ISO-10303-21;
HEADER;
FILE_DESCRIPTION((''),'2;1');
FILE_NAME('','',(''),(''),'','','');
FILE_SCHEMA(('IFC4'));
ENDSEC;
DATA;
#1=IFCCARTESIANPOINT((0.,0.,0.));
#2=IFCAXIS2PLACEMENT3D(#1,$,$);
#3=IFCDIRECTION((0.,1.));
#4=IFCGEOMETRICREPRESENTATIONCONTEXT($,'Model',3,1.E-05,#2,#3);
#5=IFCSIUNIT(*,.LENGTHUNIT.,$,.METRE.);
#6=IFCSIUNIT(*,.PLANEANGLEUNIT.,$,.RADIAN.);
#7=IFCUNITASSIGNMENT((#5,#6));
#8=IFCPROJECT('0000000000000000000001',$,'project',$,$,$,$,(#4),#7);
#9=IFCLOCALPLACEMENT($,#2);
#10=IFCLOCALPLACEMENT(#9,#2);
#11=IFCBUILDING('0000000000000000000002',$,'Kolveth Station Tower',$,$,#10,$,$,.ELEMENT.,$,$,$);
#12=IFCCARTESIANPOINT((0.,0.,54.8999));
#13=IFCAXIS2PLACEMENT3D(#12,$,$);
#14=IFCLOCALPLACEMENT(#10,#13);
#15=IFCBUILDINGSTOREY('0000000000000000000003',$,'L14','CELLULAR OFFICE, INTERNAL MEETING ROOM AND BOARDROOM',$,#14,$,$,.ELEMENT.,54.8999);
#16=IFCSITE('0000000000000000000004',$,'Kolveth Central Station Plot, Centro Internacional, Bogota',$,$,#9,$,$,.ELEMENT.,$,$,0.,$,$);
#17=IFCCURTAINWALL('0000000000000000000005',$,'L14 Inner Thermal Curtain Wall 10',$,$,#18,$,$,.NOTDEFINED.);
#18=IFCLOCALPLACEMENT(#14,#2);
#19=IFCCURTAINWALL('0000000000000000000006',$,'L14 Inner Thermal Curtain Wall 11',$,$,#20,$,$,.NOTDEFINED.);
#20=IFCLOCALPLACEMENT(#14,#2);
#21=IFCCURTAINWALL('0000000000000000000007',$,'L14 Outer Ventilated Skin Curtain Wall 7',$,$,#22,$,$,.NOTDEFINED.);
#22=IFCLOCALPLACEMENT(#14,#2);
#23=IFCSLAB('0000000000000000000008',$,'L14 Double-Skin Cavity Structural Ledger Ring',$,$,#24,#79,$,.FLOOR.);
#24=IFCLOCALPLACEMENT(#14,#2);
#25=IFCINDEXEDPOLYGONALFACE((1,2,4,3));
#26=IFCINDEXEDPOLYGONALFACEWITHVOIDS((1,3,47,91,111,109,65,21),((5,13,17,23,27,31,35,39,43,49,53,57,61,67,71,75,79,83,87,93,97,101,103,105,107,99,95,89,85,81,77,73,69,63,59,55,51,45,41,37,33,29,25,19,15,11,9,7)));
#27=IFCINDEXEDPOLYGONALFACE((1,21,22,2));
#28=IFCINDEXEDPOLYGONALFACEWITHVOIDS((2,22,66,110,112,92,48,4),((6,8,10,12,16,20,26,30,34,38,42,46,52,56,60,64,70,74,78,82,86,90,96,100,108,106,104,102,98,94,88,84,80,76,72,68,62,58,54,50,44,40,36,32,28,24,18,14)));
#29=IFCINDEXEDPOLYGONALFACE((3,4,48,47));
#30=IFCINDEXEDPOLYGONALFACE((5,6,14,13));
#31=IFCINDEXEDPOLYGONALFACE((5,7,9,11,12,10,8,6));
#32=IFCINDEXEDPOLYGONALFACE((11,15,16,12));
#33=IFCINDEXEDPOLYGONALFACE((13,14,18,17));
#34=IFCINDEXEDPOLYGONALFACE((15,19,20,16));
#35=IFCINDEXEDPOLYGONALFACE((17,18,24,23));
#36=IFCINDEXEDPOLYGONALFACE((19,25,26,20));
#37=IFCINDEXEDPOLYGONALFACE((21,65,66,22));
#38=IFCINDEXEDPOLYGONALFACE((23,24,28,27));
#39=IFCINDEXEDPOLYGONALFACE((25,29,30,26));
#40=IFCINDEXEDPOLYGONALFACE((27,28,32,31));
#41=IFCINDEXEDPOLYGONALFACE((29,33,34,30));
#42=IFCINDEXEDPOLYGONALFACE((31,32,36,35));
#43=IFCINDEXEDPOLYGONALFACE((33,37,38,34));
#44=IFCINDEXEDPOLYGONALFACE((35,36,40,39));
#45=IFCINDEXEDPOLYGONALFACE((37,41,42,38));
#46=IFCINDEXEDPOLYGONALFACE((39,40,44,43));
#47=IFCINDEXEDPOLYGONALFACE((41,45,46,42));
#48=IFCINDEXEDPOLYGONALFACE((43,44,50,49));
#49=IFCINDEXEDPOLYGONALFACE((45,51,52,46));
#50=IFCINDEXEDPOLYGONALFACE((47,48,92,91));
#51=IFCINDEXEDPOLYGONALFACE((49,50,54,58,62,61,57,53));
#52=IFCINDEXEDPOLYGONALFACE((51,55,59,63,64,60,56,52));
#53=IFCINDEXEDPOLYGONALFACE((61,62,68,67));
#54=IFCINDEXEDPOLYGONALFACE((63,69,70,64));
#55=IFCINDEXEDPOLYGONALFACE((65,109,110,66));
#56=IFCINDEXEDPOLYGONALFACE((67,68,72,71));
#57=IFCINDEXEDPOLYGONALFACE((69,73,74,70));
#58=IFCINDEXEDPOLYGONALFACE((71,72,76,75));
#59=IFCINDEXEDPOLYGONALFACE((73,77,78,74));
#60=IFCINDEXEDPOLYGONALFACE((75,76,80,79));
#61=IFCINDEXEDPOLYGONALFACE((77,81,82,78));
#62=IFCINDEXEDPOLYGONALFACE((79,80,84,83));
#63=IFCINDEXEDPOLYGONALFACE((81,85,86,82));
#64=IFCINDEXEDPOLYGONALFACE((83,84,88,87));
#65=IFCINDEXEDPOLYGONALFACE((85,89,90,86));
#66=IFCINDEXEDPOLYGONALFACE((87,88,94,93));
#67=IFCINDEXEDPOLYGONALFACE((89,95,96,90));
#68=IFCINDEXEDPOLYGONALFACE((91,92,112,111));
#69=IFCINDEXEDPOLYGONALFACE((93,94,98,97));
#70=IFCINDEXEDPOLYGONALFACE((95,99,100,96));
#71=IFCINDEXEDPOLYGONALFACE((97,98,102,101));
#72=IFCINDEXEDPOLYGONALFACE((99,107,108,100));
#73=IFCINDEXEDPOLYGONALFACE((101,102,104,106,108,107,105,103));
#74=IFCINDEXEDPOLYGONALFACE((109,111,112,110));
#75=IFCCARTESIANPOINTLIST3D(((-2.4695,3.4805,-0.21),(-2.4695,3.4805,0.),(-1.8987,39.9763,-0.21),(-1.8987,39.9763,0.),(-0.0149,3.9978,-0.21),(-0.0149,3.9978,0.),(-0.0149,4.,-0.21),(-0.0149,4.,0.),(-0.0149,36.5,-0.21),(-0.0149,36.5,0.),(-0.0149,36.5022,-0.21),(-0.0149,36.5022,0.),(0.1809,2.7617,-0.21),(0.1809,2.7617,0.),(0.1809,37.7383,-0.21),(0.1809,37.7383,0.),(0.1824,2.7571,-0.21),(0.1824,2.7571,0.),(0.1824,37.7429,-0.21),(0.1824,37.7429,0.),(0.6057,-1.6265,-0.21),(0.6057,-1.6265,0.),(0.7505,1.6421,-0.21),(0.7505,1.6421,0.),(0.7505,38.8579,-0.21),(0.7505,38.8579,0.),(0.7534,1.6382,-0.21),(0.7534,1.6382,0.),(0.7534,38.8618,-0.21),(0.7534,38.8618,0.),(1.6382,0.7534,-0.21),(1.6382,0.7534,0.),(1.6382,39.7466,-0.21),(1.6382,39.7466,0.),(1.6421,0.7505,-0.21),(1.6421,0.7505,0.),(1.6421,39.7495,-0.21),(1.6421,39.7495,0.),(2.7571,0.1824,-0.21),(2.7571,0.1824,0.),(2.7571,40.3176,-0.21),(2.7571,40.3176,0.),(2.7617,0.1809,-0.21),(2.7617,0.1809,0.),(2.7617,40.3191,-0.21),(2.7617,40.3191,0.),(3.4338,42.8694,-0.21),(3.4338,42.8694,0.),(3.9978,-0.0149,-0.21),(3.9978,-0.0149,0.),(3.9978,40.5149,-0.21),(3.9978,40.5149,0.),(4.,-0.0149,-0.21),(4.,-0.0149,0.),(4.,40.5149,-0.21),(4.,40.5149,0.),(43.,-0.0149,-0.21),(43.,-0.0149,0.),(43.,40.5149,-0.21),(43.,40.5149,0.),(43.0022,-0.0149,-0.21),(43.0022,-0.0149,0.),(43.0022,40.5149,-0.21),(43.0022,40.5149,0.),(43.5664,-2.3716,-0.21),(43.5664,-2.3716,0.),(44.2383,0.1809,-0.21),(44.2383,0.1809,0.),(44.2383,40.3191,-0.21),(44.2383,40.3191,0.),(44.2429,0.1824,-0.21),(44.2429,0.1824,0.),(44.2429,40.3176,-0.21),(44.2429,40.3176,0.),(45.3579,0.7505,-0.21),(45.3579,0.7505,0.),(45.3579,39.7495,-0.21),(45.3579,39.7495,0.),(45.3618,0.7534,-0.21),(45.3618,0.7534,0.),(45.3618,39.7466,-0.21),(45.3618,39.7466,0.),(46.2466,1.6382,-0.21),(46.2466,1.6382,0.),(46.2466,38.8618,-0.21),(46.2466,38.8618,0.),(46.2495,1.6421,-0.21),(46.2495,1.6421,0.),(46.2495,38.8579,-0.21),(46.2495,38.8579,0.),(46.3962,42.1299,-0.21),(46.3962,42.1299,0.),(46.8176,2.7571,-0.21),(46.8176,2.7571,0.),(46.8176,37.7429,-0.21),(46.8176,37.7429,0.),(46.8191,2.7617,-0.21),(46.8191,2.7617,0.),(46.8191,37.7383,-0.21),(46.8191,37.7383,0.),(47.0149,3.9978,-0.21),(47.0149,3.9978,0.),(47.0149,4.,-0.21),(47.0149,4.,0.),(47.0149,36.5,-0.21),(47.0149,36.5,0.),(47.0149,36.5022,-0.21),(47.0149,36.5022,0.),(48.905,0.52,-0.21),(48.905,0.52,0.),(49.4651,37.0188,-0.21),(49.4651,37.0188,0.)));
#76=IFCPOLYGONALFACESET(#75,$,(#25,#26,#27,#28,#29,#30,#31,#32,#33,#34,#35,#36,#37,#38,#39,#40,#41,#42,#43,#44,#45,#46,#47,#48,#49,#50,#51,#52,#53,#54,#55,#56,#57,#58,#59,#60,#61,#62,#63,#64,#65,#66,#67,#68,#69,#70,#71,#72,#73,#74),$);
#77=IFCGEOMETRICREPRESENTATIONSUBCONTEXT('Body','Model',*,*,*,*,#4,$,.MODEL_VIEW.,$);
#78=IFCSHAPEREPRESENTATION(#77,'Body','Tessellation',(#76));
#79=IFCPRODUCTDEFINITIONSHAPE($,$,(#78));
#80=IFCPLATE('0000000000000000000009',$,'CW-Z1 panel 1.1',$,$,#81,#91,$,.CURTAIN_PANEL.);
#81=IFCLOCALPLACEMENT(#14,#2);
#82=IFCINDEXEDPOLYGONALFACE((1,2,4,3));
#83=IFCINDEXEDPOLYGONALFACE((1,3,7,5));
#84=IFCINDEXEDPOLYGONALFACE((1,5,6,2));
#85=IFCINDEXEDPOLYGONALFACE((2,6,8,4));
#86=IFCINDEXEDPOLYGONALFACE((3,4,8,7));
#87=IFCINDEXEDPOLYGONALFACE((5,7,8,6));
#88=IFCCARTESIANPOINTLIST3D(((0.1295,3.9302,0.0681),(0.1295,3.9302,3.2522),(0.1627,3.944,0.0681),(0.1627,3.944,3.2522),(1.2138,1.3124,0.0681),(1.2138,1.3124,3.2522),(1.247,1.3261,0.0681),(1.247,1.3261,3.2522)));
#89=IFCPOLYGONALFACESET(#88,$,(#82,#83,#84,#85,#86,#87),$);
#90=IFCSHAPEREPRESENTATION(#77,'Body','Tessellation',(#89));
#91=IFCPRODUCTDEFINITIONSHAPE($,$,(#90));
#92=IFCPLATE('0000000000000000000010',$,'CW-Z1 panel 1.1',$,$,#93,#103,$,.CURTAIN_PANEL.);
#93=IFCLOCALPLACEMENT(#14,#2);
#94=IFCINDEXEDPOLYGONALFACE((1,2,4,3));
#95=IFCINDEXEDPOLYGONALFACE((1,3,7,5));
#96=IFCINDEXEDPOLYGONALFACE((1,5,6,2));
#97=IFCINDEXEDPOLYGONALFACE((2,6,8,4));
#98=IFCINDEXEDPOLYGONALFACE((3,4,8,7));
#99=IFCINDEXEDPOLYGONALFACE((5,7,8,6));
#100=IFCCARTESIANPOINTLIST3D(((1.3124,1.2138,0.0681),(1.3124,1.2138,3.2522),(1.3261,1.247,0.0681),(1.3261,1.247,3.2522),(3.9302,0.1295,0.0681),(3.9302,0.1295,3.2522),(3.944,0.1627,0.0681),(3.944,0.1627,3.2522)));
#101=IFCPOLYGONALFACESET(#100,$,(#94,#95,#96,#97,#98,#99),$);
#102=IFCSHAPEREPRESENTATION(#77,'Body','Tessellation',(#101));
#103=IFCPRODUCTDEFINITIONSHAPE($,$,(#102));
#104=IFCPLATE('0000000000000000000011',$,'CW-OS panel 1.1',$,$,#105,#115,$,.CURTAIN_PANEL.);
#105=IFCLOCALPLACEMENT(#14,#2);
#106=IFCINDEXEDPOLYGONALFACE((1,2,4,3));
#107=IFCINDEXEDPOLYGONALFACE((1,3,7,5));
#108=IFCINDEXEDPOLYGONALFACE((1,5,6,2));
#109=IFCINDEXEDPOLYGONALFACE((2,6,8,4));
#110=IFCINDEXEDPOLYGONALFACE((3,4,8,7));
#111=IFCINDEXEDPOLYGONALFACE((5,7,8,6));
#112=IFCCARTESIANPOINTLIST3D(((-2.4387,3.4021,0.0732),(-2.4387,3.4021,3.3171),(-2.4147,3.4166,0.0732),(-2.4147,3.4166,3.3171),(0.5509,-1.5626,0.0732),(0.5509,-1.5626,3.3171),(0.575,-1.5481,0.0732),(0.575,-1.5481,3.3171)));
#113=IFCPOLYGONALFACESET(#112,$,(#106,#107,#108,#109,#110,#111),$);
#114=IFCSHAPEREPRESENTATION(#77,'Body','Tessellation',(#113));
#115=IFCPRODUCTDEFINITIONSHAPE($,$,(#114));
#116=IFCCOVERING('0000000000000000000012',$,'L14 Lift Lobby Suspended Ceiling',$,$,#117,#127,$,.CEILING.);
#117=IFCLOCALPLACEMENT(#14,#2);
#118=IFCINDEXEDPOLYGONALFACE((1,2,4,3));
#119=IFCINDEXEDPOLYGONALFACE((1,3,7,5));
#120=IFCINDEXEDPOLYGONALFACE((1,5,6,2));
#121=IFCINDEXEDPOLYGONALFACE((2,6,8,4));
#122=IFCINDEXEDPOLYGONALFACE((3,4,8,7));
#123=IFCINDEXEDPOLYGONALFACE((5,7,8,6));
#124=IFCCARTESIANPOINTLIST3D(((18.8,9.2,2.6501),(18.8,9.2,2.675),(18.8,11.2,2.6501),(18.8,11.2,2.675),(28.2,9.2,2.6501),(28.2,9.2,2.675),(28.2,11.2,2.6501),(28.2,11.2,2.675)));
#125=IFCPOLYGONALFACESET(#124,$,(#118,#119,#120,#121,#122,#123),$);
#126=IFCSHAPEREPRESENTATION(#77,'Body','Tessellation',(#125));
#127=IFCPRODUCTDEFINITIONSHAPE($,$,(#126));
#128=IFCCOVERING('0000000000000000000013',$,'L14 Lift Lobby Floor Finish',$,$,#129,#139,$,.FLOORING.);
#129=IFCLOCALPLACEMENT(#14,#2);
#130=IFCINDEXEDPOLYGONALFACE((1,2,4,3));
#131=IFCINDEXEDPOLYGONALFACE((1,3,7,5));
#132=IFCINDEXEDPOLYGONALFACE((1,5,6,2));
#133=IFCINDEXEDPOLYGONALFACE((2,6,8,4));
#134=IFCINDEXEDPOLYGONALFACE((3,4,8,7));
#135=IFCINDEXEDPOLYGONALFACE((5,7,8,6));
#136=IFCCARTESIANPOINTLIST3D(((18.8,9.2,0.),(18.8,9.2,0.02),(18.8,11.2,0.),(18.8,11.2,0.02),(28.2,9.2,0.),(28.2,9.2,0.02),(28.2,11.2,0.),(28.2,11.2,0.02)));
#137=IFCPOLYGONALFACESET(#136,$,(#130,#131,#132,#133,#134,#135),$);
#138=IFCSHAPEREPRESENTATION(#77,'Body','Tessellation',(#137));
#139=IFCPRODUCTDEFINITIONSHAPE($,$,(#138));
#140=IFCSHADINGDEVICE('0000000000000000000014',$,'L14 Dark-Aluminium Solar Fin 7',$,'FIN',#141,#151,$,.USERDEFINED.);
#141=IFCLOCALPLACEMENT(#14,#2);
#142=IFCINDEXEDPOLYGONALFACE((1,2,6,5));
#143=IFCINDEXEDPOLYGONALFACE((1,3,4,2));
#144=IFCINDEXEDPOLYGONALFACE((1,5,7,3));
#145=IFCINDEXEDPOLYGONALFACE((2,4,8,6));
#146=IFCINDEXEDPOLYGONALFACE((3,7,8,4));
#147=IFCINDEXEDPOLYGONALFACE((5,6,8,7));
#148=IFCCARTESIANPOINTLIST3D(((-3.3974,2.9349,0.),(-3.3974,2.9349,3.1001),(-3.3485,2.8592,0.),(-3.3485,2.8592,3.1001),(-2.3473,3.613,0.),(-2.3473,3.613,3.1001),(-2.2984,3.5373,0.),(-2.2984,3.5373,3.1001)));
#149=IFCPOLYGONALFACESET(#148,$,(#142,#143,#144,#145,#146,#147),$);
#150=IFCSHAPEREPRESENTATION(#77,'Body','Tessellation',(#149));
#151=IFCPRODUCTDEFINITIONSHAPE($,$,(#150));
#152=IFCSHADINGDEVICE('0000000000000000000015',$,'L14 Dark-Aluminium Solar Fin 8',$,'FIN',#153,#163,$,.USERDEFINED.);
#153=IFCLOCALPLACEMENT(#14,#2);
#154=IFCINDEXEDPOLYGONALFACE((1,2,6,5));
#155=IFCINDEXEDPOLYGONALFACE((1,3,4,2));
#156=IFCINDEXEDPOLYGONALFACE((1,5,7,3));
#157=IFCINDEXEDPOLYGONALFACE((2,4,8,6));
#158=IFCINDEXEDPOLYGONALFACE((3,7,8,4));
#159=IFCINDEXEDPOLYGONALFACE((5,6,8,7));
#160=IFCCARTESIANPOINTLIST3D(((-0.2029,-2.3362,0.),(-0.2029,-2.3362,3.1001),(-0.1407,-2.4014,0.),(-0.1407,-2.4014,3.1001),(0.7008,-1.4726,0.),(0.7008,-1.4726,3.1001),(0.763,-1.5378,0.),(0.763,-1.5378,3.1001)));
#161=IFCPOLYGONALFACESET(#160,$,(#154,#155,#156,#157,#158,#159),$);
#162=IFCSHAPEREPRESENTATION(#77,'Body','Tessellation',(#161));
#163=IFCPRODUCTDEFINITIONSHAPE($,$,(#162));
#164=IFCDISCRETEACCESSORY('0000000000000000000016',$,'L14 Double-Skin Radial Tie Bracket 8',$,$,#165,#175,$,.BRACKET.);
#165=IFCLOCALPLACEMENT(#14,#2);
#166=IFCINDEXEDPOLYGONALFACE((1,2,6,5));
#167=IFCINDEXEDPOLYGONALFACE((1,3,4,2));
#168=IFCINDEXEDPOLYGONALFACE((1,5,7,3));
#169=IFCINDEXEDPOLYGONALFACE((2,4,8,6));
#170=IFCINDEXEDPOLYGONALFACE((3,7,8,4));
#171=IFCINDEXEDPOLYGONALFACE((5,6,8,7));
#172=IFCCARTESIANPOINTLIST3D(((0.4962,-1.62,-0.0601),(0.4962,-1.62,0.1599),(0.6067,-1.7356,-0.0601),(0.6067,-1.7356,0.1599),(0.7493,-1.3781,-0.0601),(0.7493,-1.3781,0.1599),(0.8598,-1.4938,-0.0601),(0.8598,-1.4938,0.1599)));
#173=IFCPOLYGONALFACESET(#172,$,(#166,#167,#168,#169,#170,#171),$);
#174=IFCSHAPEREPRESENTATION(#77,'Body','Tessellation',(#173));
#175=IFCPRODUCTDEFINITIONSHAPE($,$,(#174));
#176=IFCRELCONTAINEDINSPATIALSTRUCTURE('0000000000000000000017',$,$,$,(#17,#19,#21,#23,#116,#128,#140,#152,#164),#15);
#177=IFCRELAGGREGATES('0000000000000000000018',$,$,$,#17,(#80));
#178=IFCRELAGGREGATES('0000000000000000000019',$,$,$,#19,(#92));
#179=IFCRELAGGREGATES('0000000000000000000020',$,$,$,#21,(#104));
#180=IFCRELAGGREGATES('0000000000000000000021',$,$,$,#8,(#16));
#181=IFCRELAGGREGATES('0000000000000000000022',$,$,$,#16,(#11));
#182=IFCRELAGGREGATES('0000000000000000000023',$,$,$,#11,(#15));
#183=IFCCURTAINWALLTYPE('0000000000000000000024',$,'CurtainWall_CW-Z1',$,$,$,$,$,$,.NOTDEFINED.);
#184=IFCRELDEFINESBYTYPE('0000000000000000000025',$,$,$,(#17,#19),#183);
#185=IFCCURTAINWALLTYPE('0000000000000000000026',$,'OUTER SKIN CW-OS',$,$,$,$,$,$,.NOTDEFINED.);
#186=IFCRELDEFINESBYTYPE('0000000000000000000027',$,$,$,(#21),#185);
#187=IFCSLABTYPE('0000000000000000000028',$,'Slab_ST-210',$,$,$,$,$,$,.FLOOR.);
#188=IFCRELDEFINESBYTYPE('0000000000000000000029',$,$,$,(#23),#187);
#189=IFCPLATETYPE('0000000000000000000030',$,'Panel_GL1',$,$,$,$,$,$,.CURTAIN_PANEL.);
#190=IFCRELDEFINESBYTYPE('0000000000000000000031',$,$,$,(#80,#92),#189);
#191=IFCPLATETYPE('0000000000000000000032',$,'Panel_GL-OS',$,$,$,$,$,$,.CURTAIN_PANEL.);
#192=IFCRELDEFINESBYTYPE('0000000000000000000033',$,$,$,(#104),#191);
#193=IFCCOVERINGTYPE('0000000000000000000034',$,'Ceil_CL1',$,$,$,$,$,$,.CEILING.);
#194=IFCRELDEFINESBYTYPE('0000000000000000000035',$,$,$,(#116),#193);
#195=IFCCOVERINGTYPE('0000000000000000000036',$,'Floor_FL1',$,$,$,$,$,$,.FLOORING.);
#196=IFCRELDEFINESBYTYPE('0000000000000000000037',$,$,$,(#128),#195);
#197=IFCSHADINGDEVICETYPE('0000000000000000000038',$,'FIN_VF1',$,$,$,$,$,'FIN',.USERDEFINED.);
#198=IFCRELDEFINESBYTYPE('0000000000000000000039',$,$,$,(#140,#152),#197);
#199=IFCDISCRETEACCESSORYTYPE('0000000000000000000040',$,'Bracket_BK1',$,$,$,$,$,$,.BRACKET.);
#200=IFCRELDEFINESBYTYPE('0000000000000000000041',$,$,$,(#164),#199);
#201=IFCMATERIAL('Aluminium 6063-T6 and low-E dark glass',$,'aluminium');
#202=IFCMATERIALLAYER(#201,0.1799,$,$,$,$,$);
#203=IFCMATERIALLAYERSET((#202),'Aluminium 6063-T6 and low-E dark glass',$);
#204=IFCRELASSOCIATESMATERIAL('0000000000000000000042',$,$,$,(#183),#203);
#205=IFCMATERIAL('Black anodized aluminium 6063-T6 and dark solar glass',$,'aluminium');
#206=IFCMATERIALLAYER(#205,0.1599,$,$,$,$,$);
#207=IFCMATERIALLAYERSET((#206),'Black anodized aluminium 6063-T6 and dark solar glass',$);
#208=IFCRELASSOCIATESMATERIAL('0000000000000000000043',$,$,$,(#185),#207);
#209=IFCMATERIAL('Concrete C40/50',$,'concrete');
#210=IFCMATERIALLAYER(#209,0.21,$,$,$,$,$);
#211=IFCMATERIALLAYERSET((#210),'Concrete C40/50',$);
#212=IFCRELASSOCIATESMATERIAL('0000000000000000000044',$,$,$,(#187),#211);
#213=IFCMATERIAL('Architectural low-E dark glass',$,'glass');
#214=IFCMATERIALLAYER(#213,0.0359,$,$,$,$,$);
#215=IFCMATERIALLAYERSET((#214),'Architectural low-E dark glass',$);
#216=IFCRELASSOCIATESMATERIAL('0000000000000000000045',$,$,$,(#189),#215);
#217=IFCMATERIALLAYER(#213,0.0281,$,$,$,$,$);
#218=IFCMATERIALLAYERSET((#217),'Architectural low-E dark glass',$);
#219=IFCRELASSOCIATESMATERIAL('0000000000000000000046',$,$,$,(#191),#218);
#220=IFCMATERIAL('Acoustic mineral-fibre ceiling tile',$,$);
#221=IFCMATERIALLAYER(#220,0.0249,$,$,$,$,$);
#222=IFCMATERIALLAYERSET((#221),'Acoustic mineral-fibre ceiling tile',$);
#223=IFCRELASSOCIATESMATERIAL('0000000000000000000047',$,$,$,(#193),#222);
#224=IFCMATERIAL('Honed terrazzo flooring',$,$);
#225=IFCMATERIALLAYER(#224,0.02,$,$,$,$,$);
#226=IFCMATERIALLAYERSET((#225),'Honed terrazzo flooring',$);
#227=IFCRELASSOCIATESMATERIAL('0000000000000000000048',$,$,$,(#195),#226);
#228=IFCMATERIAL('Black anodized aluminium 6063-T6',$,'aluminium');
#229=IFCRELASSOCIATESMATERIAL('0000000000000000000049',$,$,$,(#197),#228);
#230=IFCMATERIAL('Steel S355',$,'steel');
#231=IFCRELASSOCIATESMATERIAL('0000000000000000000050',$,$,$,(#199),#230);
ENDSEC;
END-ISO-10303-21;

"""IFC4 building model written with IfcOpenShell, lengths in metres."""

from ifc_helpers import new_model, si_unit, direction, frame, origin, origin_2d, place, context, subcontext, project, spatial, polyline, rectangle, outline, extrude, source, transform, mapped, material, layer, layer_set, type_object, element, aggregate, save


model = new_model("IFC4")

# Units and contexts
model_context = context("Model", 3, precision=1e-05, world=origin(), true_north=direction((0.0, 1.0)))
body_context = subcontext(model_context, "Body", "Model", "MODEL_VIEW")
ifc_project = project(units=[si_unit("LENGTHUNIT", "METRE"), si_unit("PLANEANGLEUNIT", "RADIAN")], contexts=[model_context])

# Site, building, storey
site_placement = place(None, origin())
site = spatial("IfcSite", under=ifc_project, at=site_placement, Name="Kolveth Central Station Plot, Centro Internacional, Bogota", CompositionType="ELEMENT", RefElevation=0.0)
building_placement = place(site_placement, origin())
building = spatial("IfcBuilding", under=site, at=building_placement, Name="Kolveth Station Tower", CompositionType="ELEMENT")
storey_placement = place(building_placement, frame((0.0, 0.0, 54.8999)))
storey = spatial("IfcBuildingStorey", under=building, at=storey_placement, Name="L14", Description="CELLULAR OFFICE, INTERNAL MEETING ROOM AND BOARDROOM", CompositionType="ELEMENT", Elevation=54.8999)

# Shared definitions
ifc_material_1 = material(Name="Steel S355", Category="steel")

# Curtain wall
ifc_material_2 = material(Name="Aluminium 6063-T6 and low-E dark glass", Category="aluminium")
ifc_layer_1 = layer(ifc_material_2, 0.1799)
ifc_layer_set_1 = layer_set([ifc_layer_1], Name="Aluminium 6063-T6 and low-E dark glass")
curtain_wall_type_1 = type_object("IfcCurtainWallType", Name="CurtainWall_CW-Z1", PredefinedType="NOTDEFINED", material=ifc_layer_set_1)
curtain_wall_1_placement = place(storey_placement, origin())
curtain_wall_1 = element("IfcCurtainWall", 1, at=curtain_wall_1_placement, inside=storey, type_object=curtain_wall_type_1, Name="L14 Inner Thermal Curtain Wall 10", PredefinedType="NOTDEFINED")
ifc_material_3 = material(Name="Black anodized aluminium 6063-T6", Category="aluminium")

# Curtain wall
curtain_wall_2_placement = place(storey_placement, origin())
curtain_wall_2 = element("IfcCurtainWall", 2, at=curtain_wall_2_placement, inside=storey, type_object=curtain_wall_type_1, Name="L14 Inner Thermal Curtain Wall 11", PredefinedType="NOTDEFINED")

# Curtain wall
ifc_material_4 = material(Name="Black anodized aluminium 6063-T6 and dark solar glass", Category="aluminium")
ifc_layer_2 = layer(ifc_material_4, 0.1599)
ifc_layer_set_2 = layer_set([ifc_layer_2], Name="Black anodized aluminium 6063-T6 and dark solar glass")
curtain_wall_type_2 = type_object("IfcCurtainWallType", Name="OUTER SKIN CW-OS", PredefinedType="NOTDEFINED", material=ifc_layer_set_2)
curtain_wall_3_placement = place(storey_placement, origin())
curtain_wall_3 = element("IfcCurtainWall", 3, at=curtain_wall_3_placement, inside=storey, type_object=curtain_wall_type_2, Name="L14 Outer Ventilated Skin Curtain Wall 7", PredefinedType="NOTDEFINED")

# Shared definitions
ifc_material_5 = material(Name="Concrete C40/50", Category="concrete")

# Slab
ifc_layer_3 = layer(ifc_material_5, 0.21)
ifc_layer_set_3 = layer_set([ifc_layer_3], Name="Concrete C40/50")
slab_type_1 = type_object("IfcSlabType", Name="Slab_ST-210", PredefinedType="FLOOR", material=ifc_layer_set_3)
slab_1_placement = place(storey_placement, frame((0.0, 0.0, -0.21)))
element("IfcSlab", 4, at=slab_1_placement, inside=storey, type_object=slab_type_1, Name="L14 Double-Skin Cavity Structural Ledger Ring", PredefinedType="FLOOR", context=body_context, shape_type="SweptSolid", body=[
    extrude(outline(polyline([(0.6057, -1.6265), (-2.4695, 3.4805), (-1.8987, 39.9763), (3.4338, 42.8694), (46.3962, 42.1299), (49.4651, 37.0188), (48.905, 0.52), (43.5664, -2.3716), (0.6057, -1.6265)]), holes=[polyline([(43.0022, -0.0149), (44.2383, 0.1809), (44.2429, 0.1824), (45.3579, 0.7505), (45.3618, 0.7534), (46.2466, 1.6382), (46.2495, 1.6421), (46.8176, 2.7571), (46.8191, 2.7617), (47.0149, 3.9978), (47.0149, 4.0), (47.0149, 36.5), (47.0149, 36.5022), (46.8191, 37.7383), (46.8176, 37.7429), (46.2495, 38.8579), (46.2466, 38.8618), (45.3618, 39.7466), (45.3579, 39.7495), (44.2429, 40.3176), (44.2383, 40.3191), (43.0022, 40.5149), (43.0, 40.5149), (4.0, 40.5149), (3.9978, 40.5149), (2.7617, 40.3191), (2.7571, 40.3176), (1.6421, 39.7495), (1.6382, 39.7466), (0.7534, 38.8618), (0.7505, 38.8579), (0.1824, 37.7429), (0.1809, 37.7383), (-0.0149, 36.5022), (-0.0149, 36.5), (-0.0149, 4.0), (-0.0149, 3.9978), (0.1809, 2.7617), (0.1824, 2.7571), (0.7505, 1.6421), (0.7534, 1.6382), (1.6382, 0.7534), (1.6421, 0.7505), (2.7571, 0.1824), (2.7617, 0.1809), (3.9978, -0.0149), (4.0, -0.0149), (43.0, -0.0149), (43.0022, -0.0149)])]), origin(), (0.0, 0.0, 1.0), 0.21),
])

# Plates
ifc_material_6 = material(Name="Architectural low-E dark glass", Category="glass")
ifc_layer_4 = layer(ifc_material_6, 0.0359)
ifc_layer_set_4 = layer_set([ifc_layer_4], Name="Architectural low-E dark glass")
plate_type_1 = type_object("IfcPlateType", Name="Panel_GL1", PredefinedType="CURTAIN_PANEL", material=ifc_layer_set_4)
shared_shape_1 = source(origin(), body_context, "Body", "SweptSolid", [
    extrude(rectangle(XDim=2.8335, YDim=0.0359, at=origin_2d()), origin(), (0.0, 0.0, 1.0), 3.1841),
])
plate_1_placement = place(storey_placement, frame((0.6882, 2.6282, 0.0681), z_axis=(0.0, 0.0, 1.0), x_axis=(0.382673, -0.923884, 0.0)))
plate_1 = element("IfcPlate", 5, at=plate_1_placement, type_object=plate_type_1, Name="CW-Z1 panel 1.1", PredefinedType="CURTAIN_PANEL", context=body_context, shape_type="MappedRepresentation", body=[
    mapped(shared_shape_1, transform((0.0, 0.0, 0.0), x_axis=(1.0, 0.0, 0.0), y_axis=(0.0, 1.0, 0.0), z_axis=(0.0, 0.0, 1.0), scale=1.0)),
])
aggregate(curtain_wall_1, [plate_1])
plate_2_placement = place(storey_placement, frame((2.6282, 0.6882, 0.0681), z_axis=(0.0, 0.0, 1.0), x_axis=(0.923884, -0.382673, 0.0)))
plate_2 = element("IfcPlate", 6, at=plate_2_placement, type_object=plate_type_1, Name="CW-Z1 panel 1.1", PredefinedType="CURTAIN_PANEL", context=body_context, shape_type="MappedRepresentation", body=[
    mapped(shared_shape_1, transform((0.0, 0.0, 0.0), x_axis=(1.0, 0.0, 0.0), y_axis=(0.0, 1.0, 0.0), z_axis=(0.0, 0.0, 1.0), scale=1.0)),
])
aggregate(curtain_wall_2, [plate_2])
ifc_layer_5 = layer(ifc_material_6, 0.0281)
ifc_layer_set_5 = layer_set([ifc_layer_5], Name="Architectural low-E dark glass")
plate_type_2 = type_object("IfcPlateType", Name="Panel_GL-OS", PredefinedType="CURTAIN_PANEL", material=ifc_layer_set_5)
shared_shape_2 = source(origin(), body_context, "Body", "SweptSolid", [
    extrude(rectangle(XDim=5.7954, YDim=0.0281, at=origin_2d()), origin(), (0.0, 0.0, 1.0), 3.2439),
])
plate_3_placement = place(storey_placement, frame((-0.9319, 0.927, 0.0732), z_axis=(0.0, 0.0, 1.0), x_axis=(0.515864, -0.85667, 0.0)))
plate_3 = element("IfcPlate", 7, at=plate_3_placement, type_object=plate_type_2, Name="CW-OS panel 1.1", PredefinedType="CURTAIN_PANEL", context=body_context, shape_type="MappedRepresentation", body=[
    mapped(shared_shape_2, transform((0.0, 0.0, 0.0), x_axis=(1.0, 0.0, 0.0), y_axis=(0.0, 1.0, 0.0), z_axis=(0.0, 0.0, 1.0), scale=1.0)),
])
aggregate(curtain_wall_3, [plate_3])

# Coverings
ifc_material_7 = material(Name="Acoustic mineral-fibre ceiling tile")
ifc_layer_6 = layer(ifc_material_7, 0.0249)
ifc_layer_set_6 = layer_set([ifc_layer_6], Name="Acoustic mineral-fibre ceiling tile")
covering_type_1 = type_object("IfcCoveringType", Name="Ceil_CL1", PredefinedType="CEILING", material=ifc_layer_set_6)
covering_1_placement = place(storey_placement, frame((0.0, 0.0, 2.6501)))
element("IfcCovering", 8, at=covering_1_placement, inside=storey, type_object=covering_type_1, Name="L14 Lift Lobby Suspended Ceiling", PredefinedType="CEILING", context=body_context, shape_type="SweptSolid", body=[
    extrude(outline(polyline([(18.8, 9.2), (28.2, 9.2), (28.2, 11.2), (18.8, 11.2), (18.8, 9.2)])), origin(), (0.0, 0.0, 1.0), 0.0249),
])
ifc_material_8 = material(Name="Honed terrazzo flooring")
ifc_layer_7 = layer(ifc_material_8, 0.02)
ifc_layer_set_7 = layer_set([ifc_layer_7], Name="Honed terrazzo flooring")
covering_type_2 = type_object("IfcCoveringType", Name="Floor_FL1", PredefinedType="FLOORING", material=ifc_layer_set_7)
covering_2_placement = place(storey_placement, origin())
element("IfcCovering", 9, at=covering_2_placement, inside=storey, type_object=covering_type_2, Name="L14 Lift Lobby Floor Finish", PredefinedType="FLOORING", context=body_context, shape_type="SweptSolid", body=[
    extrude(outline(polyline([(18.8, 9.2), (28.2, 9.2), (28.2, 11.2), (18.8, 11.2), (18.8, 9.2)])), origin(), (0.0, 0.0, 1.0), 0.02),
])

# Shading devices
shading_device_type = type_object("IfcShadingDeviceType", Name="FIN_VF1", ElementType="FIN", PredefinedType="USERDEFINED", material=ifc_material_3)
shared_shape_3 = source(origin(), body_context, "Body", "SweptSolid", [
    extrude(rectangle(XDim=1.25, YDim=0.0901, at=origin_2d()), origin(), (0.0, 0.0, 1.0), 3.1001),
])
for number, where, z_axis, x_axis, name in (
    (10, (-2.8479, 3.2361, 0.0), (0.0, 0.0, 1.0), (-0.840094, -0.542442, 0.0), "L14 Dark-Aluminium Solar Fin 7"),
    (11, (0.28, -1.937, 0.0), (0.0, 0.0, 1.0), (-0.722967, -0.690882, 0.0), "L14 Dark-Aluminium Solar Fin 8"),
):
    element("IfcShadingDevice", number, at=place(storey_placement, frame(where, z_axis=z_axis, x_axis=x_axis)), inside=storey, type_object=shading_device_type, Name=name, ObjectType="FIN", PredefinedType="USERDEFINED", context=body_context, shape_type="MappedRepresentation", body=[
        mapped(shared_shape_3, transform((0.0, 0.0, 0.0), x_axis=(1.0, 0.0, 0.0), y_axis=(0.0, 1.0, 0.0), z_axis=(0.0, 0.0, 1.0), scale=1.0)),
    ])

# Discrete accessory
discrete_accessory_type = type_object("IfcDiscreteAccessoryType", Name="Bracket_BK1", PredefinedType="BRACKET", material=ifc_material_1)
shared_shape_4 = source(origin(), body_context, "Body", "SweptSolid", [
    extrude(rectangle(XDim=0.3501, YDim=0.1599, at=origin_2d()), origin(), (0.0, 0.0, 1.0), 0.22),
])
discrete_accessory_placement = place(storey_placement, frame((0.678, -1.5569, -0.0601), z_axis=(0.0, 0.0, 1.0), x_axis=(-0.722967, -0.690882, 0.0)))
element("IfcDiscreteAccessory", 12, at=discrete_accessory_placement, inside=storey, type_object=discrete_accessory_type, Name="L14 Double-Skin Radial Tie Bracket 8", PredefinedType="BRACKET", context=body_context, shape_type="MappedRepresentation", body=[
    mapped(shared_shape_4, transform((0.0, 0.0, 0.0), x_axis=(1.0, 0.0, 0.0), y_axis=(0.0, 1.0, 0.0), z_axis=(0.0, 0.0, 1.0), scale=1.0)),
])

save(model, "model.ifc")
